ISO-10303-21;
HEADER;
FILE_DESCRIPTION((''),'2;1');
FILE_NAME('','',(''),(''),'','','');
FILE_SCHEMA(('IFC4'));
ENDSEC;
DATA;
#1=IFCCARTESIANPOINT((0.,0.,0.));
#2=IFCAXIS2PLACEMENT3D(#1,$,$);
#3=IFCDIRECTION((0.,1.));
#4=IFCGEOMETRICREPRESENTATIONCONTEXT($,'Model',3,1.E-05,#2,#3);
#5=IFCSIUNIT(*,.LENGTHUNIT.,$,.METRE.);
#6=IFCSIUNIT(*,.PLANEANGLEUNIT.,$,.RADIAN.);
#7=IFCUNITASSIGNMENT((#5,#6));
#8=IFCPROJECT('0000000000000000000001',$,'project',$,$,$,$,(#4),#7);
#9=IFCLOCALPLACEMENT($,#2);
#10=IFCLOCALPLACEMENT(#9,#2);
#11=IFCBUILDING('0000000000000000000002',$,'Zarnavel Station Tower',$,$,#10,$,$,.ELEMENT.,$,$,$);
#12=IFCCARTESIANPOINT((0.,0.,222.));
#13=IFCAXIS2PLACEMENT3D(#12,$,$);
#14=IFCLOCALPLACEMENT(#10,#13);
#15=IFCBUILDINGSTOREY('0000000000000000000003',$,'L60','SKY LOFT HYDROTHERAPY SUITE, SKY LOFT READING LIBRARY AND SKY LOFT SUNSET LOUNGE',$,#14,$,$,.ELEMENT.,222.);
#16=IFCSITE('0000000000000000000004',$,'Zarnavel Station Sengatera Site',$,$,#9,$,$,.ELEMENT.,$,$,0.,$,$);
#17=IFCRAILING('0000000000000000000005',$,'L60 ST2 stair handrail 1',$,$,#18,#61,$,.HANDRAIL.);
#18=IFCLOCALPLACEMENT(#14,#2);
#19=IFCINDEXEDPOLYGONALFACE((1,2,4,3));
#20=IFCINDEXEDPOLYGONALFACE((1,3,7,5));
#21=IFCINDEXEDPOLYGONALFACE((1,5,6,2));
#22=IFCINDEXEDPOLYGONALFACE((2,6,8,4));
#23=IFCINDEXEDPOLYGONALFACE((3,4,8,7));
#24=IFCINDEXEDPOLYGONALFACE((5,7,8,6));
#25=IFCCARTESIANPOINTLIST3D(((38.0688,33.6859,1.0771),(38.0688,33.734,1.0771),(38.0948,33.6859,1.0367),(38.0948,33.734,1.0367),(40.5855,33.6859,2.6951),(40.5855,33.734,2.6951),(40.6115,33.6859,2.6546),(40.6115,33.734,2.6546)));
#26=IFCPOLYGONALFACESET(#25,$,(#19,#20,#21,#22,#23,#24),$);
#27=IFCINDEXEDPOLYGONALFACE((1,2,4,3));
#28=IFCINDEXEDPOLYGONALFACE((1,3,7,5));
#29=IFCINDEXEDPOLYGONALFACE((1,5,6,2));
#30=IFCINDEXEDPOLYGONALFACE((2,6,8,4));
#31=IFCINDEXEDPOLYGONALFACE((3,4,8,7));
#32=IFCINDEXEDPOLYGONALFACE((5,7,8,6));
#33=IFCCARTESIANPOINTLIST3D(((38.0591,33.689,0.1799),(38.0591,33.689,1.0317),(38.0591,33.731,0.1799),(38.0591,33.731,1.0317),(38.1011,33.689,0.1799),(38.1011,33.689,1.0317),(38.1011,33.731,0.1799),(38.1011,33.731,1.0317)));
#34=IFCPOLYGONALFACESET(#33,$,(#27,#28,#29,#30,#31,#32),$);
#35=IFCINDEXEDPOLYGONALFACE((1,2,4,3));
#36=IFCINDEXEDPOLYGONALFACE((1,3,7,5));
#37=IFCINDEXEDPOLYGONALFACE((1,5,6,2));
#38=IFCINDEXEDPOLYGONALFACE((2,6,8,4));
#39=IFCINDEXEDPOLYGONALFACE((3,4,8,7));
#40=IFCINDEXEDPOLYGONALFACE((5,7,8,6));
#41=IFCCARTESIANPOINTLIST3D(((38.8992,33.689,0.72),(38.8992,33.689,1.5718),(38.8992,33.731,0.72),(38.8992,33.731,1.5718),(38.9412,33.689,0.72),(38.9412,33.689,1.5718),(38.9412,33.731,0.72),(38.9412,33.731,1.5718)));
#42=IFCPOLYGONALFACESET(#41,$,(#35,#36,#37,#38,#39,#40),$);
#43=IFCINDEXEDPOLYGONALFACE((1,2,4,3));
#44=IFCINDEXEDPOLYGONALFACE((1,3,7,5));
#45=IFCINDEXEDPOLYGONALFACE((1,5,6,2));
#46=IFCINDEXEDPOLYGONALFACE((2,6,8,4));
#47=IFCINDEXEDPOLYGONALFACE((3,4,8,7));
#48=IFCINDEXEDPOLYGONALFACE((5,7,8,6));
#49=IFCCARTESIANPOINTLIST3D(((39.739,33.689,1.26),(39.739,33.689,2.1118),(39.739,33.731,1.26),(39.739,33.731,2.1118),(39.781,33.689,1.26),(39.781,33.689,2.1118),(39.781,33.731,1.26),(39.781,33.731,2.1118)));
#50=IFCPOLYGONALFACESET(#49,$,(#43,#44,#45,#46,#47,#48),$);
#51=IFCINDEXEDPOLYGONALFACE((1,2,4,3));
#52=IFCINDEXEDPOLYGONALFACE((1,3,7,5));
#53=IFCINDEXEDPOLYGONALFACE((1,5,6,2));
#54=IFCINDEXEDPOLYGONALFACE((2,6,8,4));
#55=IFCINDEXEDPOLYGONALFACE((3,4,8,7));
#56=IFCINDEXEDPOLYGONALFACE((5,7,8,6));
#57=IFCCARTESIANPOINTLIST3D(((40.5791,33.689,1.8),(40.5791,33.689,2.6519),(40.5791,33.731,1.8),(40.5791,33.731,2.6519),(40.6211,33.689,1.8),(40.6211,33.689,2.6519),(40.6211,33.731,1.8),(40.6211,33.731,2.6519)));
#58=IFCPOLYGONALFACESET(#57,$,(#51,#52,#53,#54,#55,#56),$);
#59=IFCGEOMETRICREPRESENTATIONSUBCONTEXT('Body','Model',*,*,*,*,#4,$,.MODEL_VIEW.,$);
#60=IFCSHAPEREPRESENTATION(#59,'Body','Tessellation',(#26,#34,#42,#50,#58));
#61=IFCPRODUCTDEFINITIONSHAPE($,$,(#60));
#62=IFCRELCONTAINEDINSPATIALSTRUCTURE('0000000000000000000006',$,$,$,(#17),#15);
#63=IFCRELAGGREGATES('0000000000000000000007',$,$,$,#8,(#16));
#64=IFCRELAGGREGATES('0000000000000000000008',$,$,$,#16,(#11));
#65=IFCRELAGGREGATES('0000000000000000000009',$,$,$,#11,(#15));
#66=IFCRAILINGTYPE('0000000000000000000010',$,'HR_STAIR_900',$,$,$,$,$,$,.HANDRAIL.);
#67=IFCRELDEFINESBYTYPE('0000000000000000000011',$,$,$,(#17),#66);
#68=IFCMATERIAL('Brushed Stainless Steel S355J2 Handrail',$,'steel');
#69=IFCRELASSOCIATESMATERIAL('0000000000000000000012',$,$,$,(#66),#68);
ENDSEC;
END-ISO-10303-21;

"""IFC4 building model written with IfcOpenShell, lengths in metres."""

from ifc_helpers import new_model, si_unit, direction, frame, origin, origin_2d, place, context, subcontext, project, spatial, rectangle, extrude, material, type_object, element, save


model = new_model("IFC4")

# Units and contexts
model_context = context("Model", 3, precision=1e-05, world=origin(), true_north=direction((0.0, 1.0)))
body_context = subcontext(model_context, "Body", "Model", "MODEL_VIEW")
ifc_project = project(units=[si_unit("LENGTHUNIT", "METRE"), si_unit("PLANEANGLEUNIT", "RADIAN")], contexts=[model_context])

# Site, building, storey
site_placement = place(None, origin())
site = spatial("IfcSite", under=ifc_project, at=site_placement, Name="Zarnavel Station Sengatera Site", CompositionType="ELEMENT", RefElevation=0.0)
building_placement = place(site_placement, origin())
building = spatial("IfcBuilding", under=site, at=building_placement, Name="Zarnavel Station Tower", CompositionType="ELEMENT")
storey_placement = place(building_placement, frame((0.0, 0.0, 222.0)))
storey = spatial("IfcBuildingStorey", under=building, at=storey_placement, Name="L60", Description="SKY LOFT HYDROTHERAPY SUITE, SKY LOFT READING LIBRARY AND SKY LOFT SUNSET LOUNGE", CompositionType="ELEMENT", Elevation=222.0)

# Railing
ifc_material_1 = material(Name="Brushed Stainless Steel S355J2 Handrail", Category="steel")
railing_type_1 = type_object("IfcRailingType", Name="HR_STAIR_900", PredefinedType="HANDRAIL", material=ifc_material_1)
railing_1_placement = place(storey_placement, frame((38.0801, 33.71, 0.1799)))
element("IfcRailing", 1, at=railing_1_placement, inside=storey, type_object=railing_type_1, Name="L60 ST2 stair handrail 1", PredefinedType="HANDRAIL", context=body_context, shape_type="SweptSolid", body=[
    extrude(rectangle(XDim=0.0481, YDim=0.0481, at=origin_2d()), frame((0.0017, 0.0, 0.877), z_axis=(0.841163, 0.0, 0.540782), x_axis=(0.0, 1.0, 0.0)), (0.0, 0.0, 1.0), 2.9919),
    extrude(rectangle(XDim=0.042, YDim=0.042, at=origin_2d()), origin(), (0.0, 0.0, 1.0), 0.8518),
    extrude(rectangle(XDim=0.042, YDim=0.042, at=origin_2d()), frame((0.8401, 0.0, 0.54)), (0.0, 0.0, 1.0), 0.8518),
    extrude(rectangle(XDim=0.042, YDim=0.042, at=origin_2d()), frame((1.6799, 0.0, 1.0801)), (0.0, 0.0, 1.0), 0.8518),
    extrude(rectangle(XDim=0.042, YDim=0.042, at=origin_2d()), frame((2.52, 0.0, 1.6201)), (0.0, 0.0, 1.0), 0.8518),
])

save(model, "model.ifc")
